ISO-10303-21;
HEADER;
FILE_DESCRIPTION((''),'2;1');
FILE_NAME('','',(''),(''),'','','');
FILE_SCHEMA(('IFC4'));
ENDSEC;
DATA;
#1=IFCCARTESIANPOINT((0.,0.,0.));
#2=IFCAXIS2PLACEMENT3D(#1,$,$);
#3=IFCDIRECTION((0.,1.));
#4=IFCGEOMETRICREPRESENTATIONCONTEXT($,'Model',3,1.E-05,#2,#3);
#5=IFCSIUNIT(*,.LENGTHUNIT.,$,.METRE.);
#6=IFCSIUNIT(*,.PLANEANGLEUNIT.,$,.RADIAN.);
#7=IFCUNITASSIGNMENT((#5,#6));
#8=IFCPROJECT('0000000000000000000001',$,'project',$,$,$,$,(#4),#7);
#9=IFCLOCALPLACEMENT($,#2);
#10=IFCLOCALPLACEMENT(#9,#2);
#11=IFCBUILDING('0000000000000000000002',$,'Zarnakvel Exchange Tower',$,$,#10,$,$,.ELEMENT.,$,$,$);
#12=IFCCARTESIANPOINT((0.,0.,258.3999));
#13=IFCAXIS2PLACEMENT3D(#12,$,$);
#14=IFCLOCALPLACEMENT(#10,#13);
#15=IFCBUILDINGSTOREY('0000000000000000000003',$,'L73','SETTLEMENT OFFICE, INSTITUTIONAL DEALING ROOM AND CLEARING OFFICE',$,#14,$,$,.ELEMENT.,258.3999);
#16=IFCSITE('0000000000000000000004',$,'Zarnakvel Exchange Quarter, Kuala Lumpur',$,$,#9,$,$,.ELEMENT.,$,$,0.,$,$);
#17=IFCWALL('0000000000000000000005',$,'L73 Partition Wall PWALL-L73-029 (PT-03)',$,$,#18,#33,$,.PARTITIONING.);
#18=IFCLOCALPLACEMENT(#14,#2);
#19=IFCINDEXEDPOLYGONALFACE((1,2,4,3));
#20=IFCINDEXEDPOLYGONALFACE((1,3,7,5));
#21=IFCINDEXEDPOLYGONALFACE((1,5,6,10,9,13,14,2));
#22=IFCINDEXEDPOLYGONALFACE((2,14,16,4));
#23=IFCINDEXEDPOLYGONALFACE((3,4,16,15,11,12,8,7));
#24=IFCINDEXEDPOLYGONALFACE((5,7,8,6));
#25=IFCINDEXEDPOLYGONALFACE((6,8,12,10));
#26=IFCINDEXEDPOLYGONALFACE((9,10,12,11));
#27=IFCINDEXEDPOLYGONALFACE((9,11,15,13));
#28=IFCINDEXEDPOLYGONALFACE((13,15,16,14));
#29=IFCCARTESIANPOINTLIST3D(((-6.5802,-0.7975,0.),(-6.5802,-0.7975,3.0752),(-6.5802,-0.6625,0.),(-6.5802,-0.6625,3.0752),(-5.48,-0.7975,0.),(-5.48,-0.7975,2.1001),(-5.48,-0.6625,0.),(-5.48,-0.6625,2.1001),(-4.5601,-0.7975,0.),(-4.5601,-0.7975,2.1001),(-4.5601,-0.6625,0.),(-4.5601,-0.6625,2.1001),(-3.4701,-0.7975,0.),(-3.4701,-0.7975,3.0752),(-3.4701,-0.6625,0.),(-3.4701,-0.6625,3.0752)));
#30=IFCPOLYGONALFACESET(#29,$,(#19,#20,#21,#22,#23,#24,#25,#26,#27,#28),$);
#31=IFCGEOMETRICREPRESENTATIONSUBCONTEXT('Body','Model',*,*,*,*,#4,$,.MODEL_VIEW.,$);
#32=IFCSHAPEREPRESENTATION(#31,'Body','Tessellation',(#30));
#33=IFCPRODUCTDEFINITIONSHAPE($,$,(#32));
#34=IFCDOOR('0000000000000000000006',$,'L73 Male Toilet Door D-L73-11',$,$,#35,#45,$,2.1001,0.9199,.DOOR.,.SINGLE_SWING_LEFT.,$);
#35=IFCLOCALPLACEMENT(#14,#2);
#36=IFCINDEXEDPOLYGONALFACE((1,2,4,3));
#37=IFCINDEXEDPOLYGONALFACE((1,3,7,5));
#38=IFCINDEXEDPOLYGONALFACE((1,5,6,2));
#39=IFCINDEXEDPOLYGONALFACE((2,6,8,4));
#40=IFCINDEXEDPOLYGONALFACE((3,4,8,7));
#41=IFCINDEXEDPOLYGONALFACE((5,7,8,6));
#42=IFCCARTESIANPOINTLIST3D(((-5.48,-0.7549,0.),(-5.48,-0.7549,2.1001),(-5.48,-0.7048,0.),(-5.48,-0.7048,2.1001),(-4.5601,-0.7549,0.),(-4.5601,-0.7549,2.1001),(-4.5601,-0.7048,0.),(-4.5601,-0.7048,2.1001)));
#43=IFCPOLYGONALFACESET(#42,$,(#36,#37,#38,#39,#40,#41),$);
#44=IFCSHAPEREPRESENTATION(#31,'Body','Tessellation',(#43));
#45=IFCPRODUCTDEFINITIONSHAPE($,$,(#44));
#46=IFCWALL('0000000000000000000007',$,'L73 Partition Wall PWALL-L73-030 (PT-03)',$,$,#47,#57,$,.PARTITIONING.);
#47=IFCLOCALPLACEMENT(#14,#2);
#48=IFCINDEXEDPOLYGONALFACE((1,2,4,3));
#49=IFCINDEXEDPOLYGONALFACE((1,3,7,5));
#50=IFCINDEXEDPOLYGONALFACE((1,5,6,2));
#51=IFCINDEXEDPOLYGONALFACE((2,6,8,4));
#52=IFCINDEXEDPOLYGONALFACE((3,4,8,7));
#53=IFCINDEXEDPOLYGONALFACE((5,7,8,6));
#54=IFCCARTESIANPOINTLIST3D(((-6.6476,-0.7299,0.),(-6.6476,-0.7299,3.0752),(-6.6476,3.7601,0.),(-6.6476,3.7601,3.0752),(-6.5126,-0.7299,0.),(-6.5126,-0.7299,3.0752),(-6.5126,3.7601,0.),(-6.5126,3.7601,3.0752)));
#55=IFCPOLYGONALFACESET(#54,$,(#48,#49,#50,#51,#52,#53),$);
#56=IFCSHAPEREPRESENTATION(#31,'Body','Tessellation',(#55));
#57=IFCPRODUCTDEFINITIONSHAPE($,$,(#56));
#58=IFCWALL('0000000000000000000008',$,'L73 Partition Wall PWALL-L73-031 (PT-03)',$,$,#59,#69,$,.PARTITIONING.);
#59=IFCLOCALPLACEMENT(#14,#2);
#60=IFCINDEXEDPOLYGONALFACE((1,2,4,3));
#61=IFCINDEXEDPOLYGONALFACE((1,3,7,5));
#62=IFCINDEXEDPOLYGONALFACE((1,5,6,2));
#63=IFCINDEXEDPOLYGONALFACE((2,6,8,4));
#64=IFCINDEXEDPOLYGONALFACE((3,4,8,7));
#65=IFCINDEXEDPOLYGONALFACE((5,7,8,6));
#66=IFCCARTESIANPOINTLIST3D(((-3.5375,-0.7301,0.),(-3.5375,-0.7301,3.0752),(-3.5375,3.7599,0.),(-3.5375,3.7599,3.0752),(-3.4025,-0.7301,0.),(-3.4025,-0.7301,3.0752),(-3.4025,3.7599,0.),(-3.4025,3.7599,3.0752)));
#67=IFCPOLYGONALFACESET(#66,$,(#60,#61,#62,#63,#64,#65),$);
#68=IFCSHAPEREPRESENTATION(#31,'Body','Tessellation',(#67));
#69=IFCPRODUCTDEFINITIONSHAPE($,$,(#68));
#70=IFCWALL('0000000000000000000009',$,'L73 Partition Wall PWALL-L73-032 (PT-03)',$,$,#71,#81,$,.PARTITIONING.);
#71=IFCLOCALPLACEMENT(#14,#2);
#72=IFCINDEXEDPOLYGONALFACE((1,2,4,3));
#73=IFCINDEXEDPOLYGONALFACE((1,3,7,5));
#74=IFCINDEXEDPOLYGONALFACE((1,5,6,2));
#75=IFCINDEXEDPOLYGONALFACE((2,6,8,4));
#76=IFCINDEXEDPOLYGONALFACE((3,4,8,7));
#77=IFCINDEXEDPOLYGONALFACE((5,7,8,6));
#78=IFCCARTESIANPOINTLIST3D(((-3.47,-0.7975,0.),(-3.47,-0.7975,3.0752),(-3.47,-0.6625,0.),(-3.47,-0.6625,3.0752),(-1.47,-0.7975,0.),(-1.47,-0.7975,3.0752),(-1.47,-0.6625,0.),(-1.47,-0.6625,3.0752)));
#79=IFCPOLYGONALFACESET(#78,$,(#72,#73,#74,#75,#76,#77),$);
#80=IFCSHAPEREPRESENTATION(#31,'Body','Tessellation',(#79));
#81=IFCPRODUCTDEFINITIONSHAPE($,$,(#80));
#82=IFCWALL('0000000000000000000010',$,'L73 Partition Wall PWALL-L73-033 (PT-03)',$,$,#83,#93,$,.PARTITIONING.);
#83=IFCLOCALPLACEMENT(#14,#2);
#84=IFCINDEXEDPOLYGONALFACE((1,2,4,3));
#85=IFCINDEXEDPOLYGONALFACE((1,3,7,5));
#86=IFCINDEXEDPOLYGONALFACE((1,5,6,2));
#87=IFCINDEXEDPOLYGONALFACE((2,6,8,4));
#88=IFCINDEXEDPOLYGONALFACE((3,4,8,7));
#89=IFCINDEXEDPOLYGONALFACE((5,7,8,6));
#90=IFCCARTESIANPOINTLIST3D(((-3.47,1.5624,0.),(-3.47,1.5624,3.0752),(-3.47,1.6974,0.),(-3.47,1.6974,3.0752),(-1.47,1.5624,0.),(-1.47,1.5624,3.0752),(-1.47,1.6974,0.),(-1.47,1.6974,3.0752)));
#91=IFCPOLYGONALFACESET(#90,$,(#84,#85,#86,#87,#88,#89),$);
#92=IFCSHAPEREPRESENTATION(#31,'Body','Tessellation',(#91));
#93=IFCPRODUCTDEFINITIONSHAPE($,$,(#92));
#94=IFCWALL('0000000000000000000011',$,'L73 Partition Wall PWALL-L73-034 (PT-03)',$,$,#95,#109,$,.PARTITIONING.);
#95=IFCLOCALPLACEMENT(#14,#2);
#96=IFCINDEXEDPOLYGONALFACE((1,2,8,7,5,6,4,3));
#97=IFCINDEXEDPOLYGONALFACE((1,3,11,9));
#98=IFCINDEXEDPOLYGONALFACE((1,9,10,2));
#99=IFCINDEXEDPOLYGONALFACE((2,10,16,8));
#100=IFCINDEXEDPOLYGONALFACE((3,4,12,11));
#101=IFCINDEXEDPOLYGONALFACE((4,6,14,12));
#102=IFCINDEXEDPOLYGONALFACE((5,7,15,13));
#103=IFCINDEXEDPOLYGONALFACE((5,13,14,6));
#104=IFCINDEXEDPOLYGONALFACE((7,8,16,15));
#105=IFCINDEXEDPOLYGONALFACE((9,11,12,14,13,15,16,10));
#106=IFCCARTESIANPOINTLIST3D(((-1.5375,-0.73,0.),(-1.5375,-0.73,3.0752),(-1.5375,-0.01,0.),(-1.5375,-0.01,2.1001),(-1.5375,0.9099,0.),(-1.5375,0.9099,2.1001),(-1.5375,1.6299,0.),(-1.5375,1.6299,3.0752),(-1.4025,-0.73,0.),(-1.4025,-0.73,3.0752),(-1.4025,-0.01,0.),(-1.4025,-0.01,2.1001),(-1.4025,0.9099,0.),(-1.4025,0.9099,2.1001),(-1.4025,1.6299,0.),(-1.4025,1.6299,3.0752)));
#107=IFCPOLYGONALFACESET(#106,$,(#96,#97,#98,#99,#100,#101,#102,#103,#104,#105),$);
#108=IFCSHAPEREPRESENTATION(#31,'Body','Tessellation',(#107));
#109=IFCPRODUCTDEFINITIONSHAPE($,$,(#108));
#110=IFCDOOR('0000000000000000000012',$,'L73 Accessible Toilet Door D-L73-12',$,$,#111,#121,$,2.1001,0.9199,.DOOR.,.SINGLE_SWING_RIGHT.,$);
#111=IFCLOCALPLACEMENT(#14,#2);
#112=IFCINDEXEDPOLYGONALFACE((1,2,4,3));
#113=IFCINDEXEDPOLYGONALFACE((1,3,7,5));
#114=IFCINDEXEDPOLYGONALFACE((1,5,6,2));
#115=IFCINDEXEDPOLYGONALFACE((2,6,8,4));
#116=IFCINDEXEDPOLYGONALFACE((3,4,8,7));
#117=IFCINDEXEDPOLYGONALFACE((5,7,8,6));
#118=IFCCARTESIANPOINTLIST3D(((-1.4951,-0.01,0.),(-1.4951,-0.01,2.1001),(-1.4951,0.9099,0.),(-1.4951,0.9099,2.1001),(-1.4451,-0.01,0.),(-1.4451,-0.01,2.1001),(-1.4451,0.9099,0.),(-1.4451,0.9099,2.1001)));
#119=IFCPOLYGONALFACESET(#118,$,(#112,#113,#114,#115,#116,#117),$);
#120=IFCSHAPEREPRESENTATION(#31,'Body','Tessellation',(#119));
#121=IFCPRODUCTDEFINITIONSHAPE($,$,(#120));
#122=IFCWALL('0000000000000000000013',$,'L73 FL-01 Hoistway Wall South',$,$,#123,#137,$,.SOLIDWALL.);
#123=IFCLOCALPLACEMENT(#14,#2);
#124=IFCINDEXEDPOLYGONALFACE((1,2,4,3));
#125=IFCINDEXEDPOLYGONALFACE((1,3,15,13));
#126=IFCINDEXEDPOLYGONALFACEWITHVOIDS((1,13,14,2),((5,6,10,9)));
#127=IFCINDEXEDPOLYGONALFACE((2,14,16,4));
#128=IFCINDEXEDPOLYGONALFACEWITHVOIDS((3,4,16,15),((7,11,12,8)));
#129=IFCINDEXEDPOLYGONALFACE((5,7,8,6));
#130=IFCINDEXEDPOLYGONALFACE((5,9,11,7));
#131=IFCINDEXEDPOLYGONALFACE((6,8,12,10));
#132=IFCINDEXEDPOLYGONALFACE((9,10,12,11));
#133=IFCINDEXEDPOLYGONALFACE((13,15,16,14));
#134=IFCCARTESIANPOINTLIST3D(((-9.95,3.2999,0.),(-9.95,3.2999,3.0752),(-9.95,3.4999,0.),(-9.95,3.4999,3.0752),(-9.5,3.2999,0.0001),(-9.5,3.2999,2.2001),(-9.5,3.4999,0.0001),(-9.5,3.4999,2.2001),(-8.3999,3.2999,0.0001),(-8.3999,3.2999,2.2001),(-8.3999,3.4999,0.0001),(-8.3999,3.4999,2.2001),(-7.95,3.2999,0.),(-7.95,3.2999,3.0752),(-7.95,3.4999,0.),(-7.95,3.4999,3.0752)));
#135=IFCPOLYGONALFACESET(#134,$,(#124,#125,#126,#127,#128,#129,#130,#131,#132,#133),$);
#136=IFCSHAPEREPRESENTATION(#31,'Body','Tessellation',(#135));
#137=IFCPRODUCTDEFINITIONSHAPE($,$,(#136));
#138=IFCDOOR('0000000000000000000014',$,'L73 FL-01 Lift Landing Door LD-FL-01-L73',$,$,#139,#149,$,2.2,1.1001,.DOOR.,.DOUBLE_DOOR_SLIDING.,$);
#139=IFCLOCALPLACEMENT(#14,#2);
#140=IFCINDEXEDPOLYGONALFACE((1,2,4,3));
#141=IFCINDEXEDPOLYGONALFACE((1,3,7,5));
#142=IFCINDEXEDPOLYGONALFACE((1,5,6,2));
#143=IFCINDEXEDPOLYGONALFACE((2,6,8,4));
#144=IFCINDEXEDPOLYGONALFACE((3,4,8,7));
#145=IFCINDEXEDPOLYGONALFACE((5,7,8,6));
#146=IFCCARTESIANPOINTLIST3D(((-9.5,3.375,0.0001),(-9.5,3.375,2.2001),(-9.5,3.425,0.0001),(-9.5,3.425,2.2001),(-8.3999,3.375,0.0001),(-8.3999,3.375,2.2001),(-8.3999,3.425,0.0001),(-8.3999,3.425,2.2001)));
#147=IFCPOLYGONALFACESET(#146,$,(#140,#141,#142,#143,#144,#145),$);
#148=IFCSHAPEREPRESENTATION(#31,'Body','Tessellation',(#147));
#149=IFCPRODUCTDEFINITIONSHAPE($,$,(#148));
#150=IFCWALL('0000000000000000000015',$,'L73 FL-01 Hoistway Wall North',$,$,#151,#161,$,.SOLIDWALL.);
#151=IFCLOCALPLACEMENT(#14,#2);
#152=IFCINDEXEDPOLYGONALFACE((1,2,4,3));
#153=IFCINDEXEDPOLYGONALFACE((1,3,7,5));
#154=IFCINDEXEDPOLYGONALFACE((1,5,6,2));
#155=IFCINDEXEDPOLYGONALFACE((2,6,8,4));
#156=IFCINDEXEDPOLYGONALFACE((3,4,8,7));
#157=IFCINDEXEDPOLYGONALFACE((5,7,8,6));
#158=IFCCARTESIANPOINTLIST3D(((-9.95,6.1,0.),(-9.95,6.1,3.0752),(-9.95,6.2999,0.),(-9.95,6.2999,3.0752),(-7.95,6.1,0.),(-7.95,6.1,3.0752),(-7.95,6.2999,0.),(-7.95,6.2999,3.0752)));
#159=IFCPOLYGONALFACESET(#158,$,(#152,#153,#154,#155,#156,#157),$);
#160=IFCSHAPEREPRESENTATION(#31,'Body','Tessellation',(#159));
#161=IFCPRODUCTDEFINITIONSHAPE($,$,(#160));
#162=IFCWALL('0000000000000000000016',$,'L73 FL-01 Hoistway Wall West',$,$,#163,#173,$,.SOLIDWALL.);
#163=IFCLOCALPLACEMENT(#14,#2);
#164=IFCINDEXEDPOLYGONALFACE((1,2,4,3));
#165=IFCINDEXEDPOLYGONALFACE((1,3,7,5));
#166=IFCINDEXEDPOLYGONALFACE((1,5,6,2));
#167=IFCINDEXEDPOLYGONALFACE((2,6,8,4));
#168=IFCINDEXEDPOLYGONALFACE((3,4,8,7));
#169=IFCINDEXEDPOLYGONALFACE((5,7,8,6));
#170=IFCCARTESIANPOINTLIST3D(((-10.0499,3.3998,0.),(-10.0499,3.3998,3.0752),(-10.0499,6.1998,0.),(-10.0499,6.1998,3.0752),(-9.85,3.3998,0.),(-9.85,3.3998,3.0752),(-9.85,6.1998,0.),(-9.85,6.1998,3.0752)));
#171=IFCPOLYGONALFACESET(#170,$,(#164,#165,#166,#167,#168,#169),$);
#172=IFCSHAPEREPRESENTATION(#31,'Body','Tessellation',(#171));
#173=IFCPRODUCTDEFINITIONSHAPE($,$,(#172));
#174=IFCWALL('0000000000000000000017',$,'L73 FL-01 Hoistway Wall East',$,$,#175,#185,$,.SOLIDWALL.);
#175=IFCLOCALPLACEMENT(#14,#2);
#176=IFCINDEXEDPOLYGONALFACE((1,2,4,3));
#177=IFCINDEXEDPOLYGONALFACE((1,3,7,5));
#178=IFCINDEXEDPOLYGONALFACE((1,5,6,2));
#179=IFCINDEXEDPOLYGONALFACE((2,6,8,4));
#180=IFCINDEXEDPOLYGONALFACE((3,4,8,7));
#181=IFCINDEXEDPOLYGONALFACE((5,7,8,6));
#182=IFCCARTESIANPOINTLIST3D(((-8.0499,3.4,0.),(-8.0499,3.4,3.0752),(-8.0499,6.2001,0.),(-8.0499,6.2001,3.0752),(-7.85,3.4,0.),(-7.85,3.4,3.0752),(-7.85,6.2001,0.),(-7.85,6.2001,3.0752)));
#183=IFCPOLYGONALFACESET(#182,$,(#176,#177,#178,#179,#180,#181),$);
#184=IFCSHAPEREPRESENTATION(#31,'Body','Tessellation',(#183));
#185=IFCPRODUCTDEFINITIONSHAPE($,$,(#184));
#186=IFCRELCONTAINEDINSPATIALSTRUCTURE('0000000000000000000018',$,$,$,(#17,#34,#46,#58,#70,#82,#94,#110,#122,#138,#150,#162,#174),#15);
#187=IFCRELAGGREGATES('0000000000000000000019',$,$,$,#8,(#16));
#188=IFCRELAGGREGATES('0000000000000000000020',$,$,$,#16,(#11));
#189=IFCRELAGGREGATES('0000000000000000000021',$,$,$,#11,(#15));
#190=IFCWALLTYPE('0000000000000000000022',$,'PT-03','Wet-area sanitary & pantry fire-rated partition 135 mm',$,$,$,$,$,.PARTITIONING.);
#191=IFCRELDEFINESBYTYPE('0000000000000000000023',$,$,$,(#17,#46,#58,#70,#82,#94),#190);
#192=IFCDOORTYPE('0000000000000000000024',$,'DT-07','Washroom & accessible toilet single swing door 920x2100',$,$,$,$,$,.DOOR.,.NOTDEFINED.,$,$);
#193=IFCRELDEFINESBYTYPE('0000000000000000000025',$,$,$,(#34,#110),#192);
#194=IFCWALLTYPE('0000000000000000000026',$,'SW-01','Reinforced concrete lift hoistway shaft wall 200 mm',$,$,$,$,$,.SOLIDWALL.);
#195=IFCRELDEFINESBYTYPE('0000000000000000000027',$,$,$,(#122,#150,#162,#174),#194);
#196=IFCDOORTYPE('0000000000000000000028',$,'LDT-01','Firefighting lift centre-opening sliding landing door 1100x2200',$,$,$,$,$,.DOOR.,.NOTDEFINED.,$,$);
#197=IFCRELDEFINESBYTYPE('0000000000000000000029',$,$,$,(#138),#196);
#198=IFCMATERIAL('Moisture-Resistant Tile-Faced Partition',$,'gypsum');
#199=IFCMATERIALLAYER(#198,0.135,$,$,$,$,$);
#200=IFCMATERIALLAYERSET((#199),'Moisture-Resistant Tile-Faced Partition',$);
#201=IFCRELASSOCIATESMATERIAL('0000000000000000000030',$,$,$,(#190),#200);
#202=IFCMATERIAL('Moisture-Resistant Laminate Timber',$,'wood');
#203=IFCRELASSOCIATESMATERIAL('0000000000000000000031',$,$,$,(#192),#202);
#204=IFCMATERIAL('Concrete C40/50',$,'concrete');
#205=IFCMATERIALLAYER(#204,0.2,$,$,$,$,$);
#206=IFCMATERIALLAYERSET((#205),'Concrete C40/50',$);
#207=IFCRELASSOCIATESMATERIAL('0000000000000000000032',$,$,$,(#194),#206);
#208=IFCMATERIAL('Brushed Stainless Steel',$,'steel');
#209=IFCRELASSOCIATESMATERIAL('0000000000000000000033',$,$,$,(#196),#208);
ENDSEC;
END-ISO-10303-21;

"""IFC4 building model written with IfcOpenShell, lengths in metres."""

from ifc_helpers import new_model, si_unit, direction, frame, frame_2d, origin, place, context, subcontext, project, spatial, rectangle, extrude, source, transform, mapped, material, layer, layer_set, type_object, element, fill, save


model = new_model("IFC4")

# Units and contexts
model_context = context("Model", 3, precision=1e-05, world=origin(), true_north=direction((0.0, 1.0)))
body_context = subcontext(model_context, "Body", "Model", "MODEL_VIEW")
ifc_project = project(units=[si_unit("LENGTHUNIT", "METRE"), si_unit("PLANEANGLEUNIT", "RADIAN")], contexts=[model_context])

# Site, building, storey
site_placement = place(None, origin())
site = spatial("IfcSite", under=ifc_project, at=site_placement, Name="Zarnakvel Exchange Quarter, Kuala Lumpur", CompositionType="ELEMENT", RefElevation=0.0)
building_placement = place(site_placement, origin())
building = spatial("IfcBuilding", under=site, at=building_placement, Name="Zarnakvel Exchange Tower", CompositionType="ELEMENT")
storey_placement = place(building_placement, frame((0.0, 0.0, 258.3999)))
storey = spatial("IfcBuildingStorey", under=building, at=storey_placement, Name="L73", Description="SETTLEMENT OFFICE, INSTITUTIONAL DEALING ROOM AND CLEARING OFFICE", CompositionType="ELEMENT", Elevation=258.3999)

# Wall, opening, door
ifc_material_1 = material(Name="Moisture-Resistant Tile-Faced Partition", Category="gypsum")
ifc_layer_1 = layer(ifc_material_1, 0.135)
ifc_layer_set_1 = layer_set([ifc_layer_1], Name="Moisture-Resistant Tile-Faced Partition")
wall_type_1 = type_object("IfcWallType", Name="PT-03", Description="Wet-area sanitary & pantry fire-rated partition 135 mm", PredefinedType="PARTITIONING", material=ifc_layer_set_1)
wall_1_placement = place(storey_placement, frame((-3.47, -0.73, 0.0), z_axis=(0.0, 0.0, 1.0), x_axis=(-1.0, 0.0, 0.0)))
wall_1 = element("IfcWall", 1, at=wall_1_placement, inside=storey, type_object=wall_type_1, Name="L73 Partition Wall PWALL-L73-029 (PT-03)", PredefinedType="PARTITIONING", context=body_context, shape_type="SweptSolid", body=[
    extrude(rectangle(XDim=3.1101, YDim=0.135, at=frame_2d((1.5552, 0.0))), origin(), (0.0, 0.0, 1.0), 3.0752),
])
opening_1_placement = place(wall_1_placement, frame((1.0901, 0.0, 0.0)))
opening_1 = element("IfcOpeningElement", 2, at=opening_1_placement, cuts=wall_1, PredefinedType="OPENING", context=body_context, shape_type="SweptSolid", body=[
    extrude(rectangle(XDim=0.9199, YDim=2.1001, at=frame_2d((0.46, 1.05))), frame((0.0, 0.0774, 0.0), z_axis=(0.0, -1.0, 0.0), x_axis=(1.0, 0.0, 0.0)), (0.0, 0.0, 1.0), 0.155),
])
ifc_material_2 = material(Name="Moisture-Resistant Laminate Timber", Category="wood")
door_type_1 = type_object("IfcDoorType", Name="DT-07", Description="Washroom & accessible toilet single swing door 920x2100", OperationType="NOTDEFINED", PredefinedType="DOOR", material=ifc_material_2)
shared_shape_1 = source(origin(), body_context, "Body", "SweptSolid", [
    extrude(rectangle(XDim=0.9199, YDim=2.1001, at=frame_2d((0.46, 1.05))), frame((0.0, 0.0249, 0.0), z_axis=(0.0, -1.0, 0.0), x_axis=(1.0, 0.0, 0.0)), (0.0, 0.0, 1.0), 0.05),
])
door_1_placement = place(opening_1_placement, origin())
door_1 = element("IfcDoor", 3, at=door_1_placement, inside=storey, type_object=door_type_1, Name="L73 Male Toilet Door D-L73-11", OperationType="SINGLE_SWING_LEFT", OverallHeight=2.1001, OverallWidth=0.9199, PredefinedType="DOOR", context=body_context, shape_type="MappedRepresentation", body=[
    mapped(shared_shape_1, transform((0.0, 0.0, 0.0), x_axis=(1.0, 0.0, 0.0), y_axis=(0.0, 1.0, 0.0), z_axis=(0.0, 0.0, 1.0), scale=1.0)),
])
fill(opening_1, door_1)

# Walls
for number, where, z_axis, x_axis, name in (
    (4, (-6.5801, -0.73, 0.0), (0.0, 0.0, 1.0), (0.0, 1.0, 0.0), "L73 Partition Wall PWALL-L73-030 (PT-03)"),
    (5, (-3.47, 3.76, 0.0), (0.0, 0.0, 1.0), (0.0, -1.0, 0.0), "L73 Partition Wall PWALL-L73-031 (PT-03)"),
):
    element("IfcWall", number, at=place(storey_placement, frame(where, z_axis=z_axis, x_axis=x_axis)), inside=storey, type_object=wall_type_1, Name=name, PredefinedType="PARTITIONING", context=body_context, shape_type="SweptSolid", body=[
        extrude(rectangle(XDim=4.49, YDim=0.135, at=frame_2d((2.2451, 0.0))), origin(), (0.0, 0.0, 1.0), 3.0752),
    ])
for number, where, z_axis, x_axis, name in (
    (6, (-1.47, -0.73, 0.0), (0.0, 0.0, 1.0), (-1.0, 0.0, 0.0), "L73 Partition Wall PWALL-L73-032 (PT-03)"),
    (7, (-3.47, 1.6299, 0.0), (0.0, 0.0, 1.0), (1.0, 0.0, 0.0), "L73 Partition Wall PWALL-L73-033 (PT-03)"),
):
    element("IfcWall", number, at=place(storey_placement, frame(where, z_axis=z_axis, x_axis=x_axis)), inside=storey, type_object=wall_type_1, Name=name, PredefinedType="PARTITIONING", context=body_context, shape_type="SweptSolid", body=[
        extrude(rectangle(XDim=2.0, YDim=0.135, at=frame_2d((1.0, 0.0))), origin(), (0.0, 0.0, 1.0), 3.0752),
    ])

# Walls, openings, doors
wall_2_placement = place(storey_placement, frame((-1.47, 1.6299, 0.0), z_axis=(0.0, 0.0, 1.0), x_axis=(0.0, -1.0, 0.0)))
wall_2 = element("IfcWall", 8, at=wall_2_placement, inside=storey, type_object=wall_type_1, Name="L73 Partition Wall PWALL-L73-034 (PT-03)", PredefinedType="PARTITIONING", context=body_context, shape_type="SweptSolid", body=[
    extrude(rectangle(XDim=2.3599, YDim=0.135, at=frame_2d((1.1799, 0.0))), origin(), (0.0, 0.0, 1.0), 3.0752),
])
opening_2_placement = place(wall_2_placement, frame((0.72, 0.0, 0.0)))
opening_2 = element("IfcOpeningElement", 9, at=opening_2_placement, cuts=wall_2, PredefinedType="OPENING", context=body_context, shape_type="SweptSolid", body=[
    extrude(rectangle(XDim=0.9199, YDim=2.1001, at=frame_2d((0.46, 1.05))), frame((0.0, 0.0774, 0.0), z_axis=(0.0, -1.0, 0.0), x_axis=(1.0, 0.0, 0.0)), (0.0, 0.0, 1.0), 0.155),
])
door_2_placement = place(opening_2_placement, origin())
door_2 = element("IfcDoor", 10, at=door_2_placement, inside=storey, type_object=door_type_1, Name="L73 Accessible Toilet Door D-L73-12", OperationType="SINGLE_SWING_RIGHT", OverallHeight=2.1001, OverallWidth=0.9199, PredefinedType="DOOR", context=body_context, shape_type="MappedRepresentation", body=[
    mapped(shared_shape_1, transform((0.0, 0.0, 0.0), x_axis=(1.0, 0.0, 0.0), y_axis=(0.0, 1.0, 0.0), z_axis=(0.0, 0.0, 1.0), scale=1.0)),
])
fill(opening_2, door_2)
ifc_material_3 = material(Name="Concrete C40/50", Category="concrete")
ifc_layer_2 = layer(ifc_material_3, 0.2)
ifc_layer_set_2 = layer_set([ifc_layer_2], Name="Concrete C40/50")
wall_type_2 = type_object("IfcWallType", Name="SW-01", Description="Reinforced concrete lift hoistway shaft wall 200 mm", PredefinedType="SOLIDWALL", material=ifc_layer_set_2)
wall_3_placement = place(storey_placement, frame((-7.95, 3.3999, 0.0), z_axis=(0.0, 0.0, 1.0), x_axis=(-1.0, 0.0, 0.0)))
wall_3 = element("IfcWall", 11, at=wall_3_placement, inside=storey, type_object=wall_type_2, Name="L73 FL-01 Hoistway Wall South", PredefinedType="SOLIDWALL", context=body_context, shape_type="SweptSolid", body=[
    extrude(rectangle(XDim=2.0, YDim=0.2, at=frame_2d((1.0, 0.0))), origin(), (0.0, 0.0, 1.0), 3.0752),
])
opening_3_placement = place(wall_3_placement, frame((0.45, 0.0, 0.0)))
opening_3 = element("IfcOpeningElement", 12, at=opening_3_placement, cuts=wall_3, PredefinedType="OPENING", context=body_context, shape_type="SweptSolid", body=[
    extrude(rectangle(XDim=1.1001, YDim=2.2, at=frame_2d((0.55, 1.1001))), frame((0.0, 0.1099, 0.0), z_axis=(0.0, -1.0, 0.0), x_axis=(1.0, 0.0, 0.0)), (0.0, 0.0, 1.0), 0.22),
])
ifc_material_4 = material(Name="Brushed Stainless Steel", Category="steel")
door_type_2 = type_object("IfcDoorType", Name="LDT-01", Description="Firefighting lift centre-opening sliding landing door 1100x2200", OperationType="NOTDEFINED", PredefinedType="DOOR", material=ifc_material_4)
shared_shape_2 = source(origin(), body_context, "Body", "SweptSolid", [
    extrude(rectangle(XDim=1.1001, YDim=2.2, at=frame_2d((0.55, 1.1001))), frame((0.0, 0.0249, 0.0), z_axis=(0.0, -1.0, 0.0), x_axis=(1.0, 0.0, 0.0)), (0.0, 0.0, 1.0), 0.05),
])
door_3_placement = place(opening_3_placement, origin())
door_3 = element("IfcDoor", 13, at=door_3_placement, inside=storey, type_object=door_type_2, Name="L73 FL-01 Lift Landing Door LD-FL-01-L73", OperationType="DOUBLE_DOOR_SLIDING", OverallHeight=2.2, OverallWidth=1.1001, PredefinedType="DOOR", context=body_context, shape_type="MappedRepresentation", body=[
    mapped(shared_shape_2, transform((0.0, 0.0, 0.0), x_axis=(1.0, 0.0, 0.0), y_axis=(0.0, 1.0, 0.0), z_axis=(0.0, 0.0, 1.0), scale=1.0)),
])
fill(opening_3, door_3)

# Walls
wall_4_placement = place(storey_placement, frame((-9.95, 6.2, 0.0), z_axis=(0.0, 0.0, 1.0), x_axis=(1.0, 0.0, 0.0)))
element("IfcWall", 14, at=wall_4_placement, inside=storey, type_object=wall_type_2, Name="L73 FL-01 Hoistway Wall North", PredefinedType="SOLIDWALL", context=body_context, shape_type="SweptSolid", body=[
    extrude(rectangle(XDim=2.0, YDim=0.2, at=frame_2d((1.0, 0.0))), origin(), (0.0, 0.0, 1.0), 3.0752),
])
for number, where, z_axis, x_axis, name in (
    (15, (-9.95, 3.3999, 0.0), (0.0, 0.0, 1.0), (0.0, 1.0, 0.0), "L73 FL-01 Hoistway Wall West"),
    (16, (-7.95, 6.2, 0.0), (0.0, 0.0, 1.0), (0.0, -1.0, 0.0), "L73 FL-01 Hoistway Wall East"),
):
    element("IfcWall", number, at=place(storey_placement, frame(where, z_axis=z_axis, x_axis=x_axis)), inside=storey, type_object=wall_type_2, Name=name, PredefinedType="SOLIDWALL", context=body_context, shape_type="SweptSolid", body=[
        extrude(rectangle(XDim=2.8, YDim=0.2, at=frame_2d((1.3999, 0.0))), origin(), (0.0, 0.0, 1.0), 3.0752),
    ])

save(model, "model.ifc")
